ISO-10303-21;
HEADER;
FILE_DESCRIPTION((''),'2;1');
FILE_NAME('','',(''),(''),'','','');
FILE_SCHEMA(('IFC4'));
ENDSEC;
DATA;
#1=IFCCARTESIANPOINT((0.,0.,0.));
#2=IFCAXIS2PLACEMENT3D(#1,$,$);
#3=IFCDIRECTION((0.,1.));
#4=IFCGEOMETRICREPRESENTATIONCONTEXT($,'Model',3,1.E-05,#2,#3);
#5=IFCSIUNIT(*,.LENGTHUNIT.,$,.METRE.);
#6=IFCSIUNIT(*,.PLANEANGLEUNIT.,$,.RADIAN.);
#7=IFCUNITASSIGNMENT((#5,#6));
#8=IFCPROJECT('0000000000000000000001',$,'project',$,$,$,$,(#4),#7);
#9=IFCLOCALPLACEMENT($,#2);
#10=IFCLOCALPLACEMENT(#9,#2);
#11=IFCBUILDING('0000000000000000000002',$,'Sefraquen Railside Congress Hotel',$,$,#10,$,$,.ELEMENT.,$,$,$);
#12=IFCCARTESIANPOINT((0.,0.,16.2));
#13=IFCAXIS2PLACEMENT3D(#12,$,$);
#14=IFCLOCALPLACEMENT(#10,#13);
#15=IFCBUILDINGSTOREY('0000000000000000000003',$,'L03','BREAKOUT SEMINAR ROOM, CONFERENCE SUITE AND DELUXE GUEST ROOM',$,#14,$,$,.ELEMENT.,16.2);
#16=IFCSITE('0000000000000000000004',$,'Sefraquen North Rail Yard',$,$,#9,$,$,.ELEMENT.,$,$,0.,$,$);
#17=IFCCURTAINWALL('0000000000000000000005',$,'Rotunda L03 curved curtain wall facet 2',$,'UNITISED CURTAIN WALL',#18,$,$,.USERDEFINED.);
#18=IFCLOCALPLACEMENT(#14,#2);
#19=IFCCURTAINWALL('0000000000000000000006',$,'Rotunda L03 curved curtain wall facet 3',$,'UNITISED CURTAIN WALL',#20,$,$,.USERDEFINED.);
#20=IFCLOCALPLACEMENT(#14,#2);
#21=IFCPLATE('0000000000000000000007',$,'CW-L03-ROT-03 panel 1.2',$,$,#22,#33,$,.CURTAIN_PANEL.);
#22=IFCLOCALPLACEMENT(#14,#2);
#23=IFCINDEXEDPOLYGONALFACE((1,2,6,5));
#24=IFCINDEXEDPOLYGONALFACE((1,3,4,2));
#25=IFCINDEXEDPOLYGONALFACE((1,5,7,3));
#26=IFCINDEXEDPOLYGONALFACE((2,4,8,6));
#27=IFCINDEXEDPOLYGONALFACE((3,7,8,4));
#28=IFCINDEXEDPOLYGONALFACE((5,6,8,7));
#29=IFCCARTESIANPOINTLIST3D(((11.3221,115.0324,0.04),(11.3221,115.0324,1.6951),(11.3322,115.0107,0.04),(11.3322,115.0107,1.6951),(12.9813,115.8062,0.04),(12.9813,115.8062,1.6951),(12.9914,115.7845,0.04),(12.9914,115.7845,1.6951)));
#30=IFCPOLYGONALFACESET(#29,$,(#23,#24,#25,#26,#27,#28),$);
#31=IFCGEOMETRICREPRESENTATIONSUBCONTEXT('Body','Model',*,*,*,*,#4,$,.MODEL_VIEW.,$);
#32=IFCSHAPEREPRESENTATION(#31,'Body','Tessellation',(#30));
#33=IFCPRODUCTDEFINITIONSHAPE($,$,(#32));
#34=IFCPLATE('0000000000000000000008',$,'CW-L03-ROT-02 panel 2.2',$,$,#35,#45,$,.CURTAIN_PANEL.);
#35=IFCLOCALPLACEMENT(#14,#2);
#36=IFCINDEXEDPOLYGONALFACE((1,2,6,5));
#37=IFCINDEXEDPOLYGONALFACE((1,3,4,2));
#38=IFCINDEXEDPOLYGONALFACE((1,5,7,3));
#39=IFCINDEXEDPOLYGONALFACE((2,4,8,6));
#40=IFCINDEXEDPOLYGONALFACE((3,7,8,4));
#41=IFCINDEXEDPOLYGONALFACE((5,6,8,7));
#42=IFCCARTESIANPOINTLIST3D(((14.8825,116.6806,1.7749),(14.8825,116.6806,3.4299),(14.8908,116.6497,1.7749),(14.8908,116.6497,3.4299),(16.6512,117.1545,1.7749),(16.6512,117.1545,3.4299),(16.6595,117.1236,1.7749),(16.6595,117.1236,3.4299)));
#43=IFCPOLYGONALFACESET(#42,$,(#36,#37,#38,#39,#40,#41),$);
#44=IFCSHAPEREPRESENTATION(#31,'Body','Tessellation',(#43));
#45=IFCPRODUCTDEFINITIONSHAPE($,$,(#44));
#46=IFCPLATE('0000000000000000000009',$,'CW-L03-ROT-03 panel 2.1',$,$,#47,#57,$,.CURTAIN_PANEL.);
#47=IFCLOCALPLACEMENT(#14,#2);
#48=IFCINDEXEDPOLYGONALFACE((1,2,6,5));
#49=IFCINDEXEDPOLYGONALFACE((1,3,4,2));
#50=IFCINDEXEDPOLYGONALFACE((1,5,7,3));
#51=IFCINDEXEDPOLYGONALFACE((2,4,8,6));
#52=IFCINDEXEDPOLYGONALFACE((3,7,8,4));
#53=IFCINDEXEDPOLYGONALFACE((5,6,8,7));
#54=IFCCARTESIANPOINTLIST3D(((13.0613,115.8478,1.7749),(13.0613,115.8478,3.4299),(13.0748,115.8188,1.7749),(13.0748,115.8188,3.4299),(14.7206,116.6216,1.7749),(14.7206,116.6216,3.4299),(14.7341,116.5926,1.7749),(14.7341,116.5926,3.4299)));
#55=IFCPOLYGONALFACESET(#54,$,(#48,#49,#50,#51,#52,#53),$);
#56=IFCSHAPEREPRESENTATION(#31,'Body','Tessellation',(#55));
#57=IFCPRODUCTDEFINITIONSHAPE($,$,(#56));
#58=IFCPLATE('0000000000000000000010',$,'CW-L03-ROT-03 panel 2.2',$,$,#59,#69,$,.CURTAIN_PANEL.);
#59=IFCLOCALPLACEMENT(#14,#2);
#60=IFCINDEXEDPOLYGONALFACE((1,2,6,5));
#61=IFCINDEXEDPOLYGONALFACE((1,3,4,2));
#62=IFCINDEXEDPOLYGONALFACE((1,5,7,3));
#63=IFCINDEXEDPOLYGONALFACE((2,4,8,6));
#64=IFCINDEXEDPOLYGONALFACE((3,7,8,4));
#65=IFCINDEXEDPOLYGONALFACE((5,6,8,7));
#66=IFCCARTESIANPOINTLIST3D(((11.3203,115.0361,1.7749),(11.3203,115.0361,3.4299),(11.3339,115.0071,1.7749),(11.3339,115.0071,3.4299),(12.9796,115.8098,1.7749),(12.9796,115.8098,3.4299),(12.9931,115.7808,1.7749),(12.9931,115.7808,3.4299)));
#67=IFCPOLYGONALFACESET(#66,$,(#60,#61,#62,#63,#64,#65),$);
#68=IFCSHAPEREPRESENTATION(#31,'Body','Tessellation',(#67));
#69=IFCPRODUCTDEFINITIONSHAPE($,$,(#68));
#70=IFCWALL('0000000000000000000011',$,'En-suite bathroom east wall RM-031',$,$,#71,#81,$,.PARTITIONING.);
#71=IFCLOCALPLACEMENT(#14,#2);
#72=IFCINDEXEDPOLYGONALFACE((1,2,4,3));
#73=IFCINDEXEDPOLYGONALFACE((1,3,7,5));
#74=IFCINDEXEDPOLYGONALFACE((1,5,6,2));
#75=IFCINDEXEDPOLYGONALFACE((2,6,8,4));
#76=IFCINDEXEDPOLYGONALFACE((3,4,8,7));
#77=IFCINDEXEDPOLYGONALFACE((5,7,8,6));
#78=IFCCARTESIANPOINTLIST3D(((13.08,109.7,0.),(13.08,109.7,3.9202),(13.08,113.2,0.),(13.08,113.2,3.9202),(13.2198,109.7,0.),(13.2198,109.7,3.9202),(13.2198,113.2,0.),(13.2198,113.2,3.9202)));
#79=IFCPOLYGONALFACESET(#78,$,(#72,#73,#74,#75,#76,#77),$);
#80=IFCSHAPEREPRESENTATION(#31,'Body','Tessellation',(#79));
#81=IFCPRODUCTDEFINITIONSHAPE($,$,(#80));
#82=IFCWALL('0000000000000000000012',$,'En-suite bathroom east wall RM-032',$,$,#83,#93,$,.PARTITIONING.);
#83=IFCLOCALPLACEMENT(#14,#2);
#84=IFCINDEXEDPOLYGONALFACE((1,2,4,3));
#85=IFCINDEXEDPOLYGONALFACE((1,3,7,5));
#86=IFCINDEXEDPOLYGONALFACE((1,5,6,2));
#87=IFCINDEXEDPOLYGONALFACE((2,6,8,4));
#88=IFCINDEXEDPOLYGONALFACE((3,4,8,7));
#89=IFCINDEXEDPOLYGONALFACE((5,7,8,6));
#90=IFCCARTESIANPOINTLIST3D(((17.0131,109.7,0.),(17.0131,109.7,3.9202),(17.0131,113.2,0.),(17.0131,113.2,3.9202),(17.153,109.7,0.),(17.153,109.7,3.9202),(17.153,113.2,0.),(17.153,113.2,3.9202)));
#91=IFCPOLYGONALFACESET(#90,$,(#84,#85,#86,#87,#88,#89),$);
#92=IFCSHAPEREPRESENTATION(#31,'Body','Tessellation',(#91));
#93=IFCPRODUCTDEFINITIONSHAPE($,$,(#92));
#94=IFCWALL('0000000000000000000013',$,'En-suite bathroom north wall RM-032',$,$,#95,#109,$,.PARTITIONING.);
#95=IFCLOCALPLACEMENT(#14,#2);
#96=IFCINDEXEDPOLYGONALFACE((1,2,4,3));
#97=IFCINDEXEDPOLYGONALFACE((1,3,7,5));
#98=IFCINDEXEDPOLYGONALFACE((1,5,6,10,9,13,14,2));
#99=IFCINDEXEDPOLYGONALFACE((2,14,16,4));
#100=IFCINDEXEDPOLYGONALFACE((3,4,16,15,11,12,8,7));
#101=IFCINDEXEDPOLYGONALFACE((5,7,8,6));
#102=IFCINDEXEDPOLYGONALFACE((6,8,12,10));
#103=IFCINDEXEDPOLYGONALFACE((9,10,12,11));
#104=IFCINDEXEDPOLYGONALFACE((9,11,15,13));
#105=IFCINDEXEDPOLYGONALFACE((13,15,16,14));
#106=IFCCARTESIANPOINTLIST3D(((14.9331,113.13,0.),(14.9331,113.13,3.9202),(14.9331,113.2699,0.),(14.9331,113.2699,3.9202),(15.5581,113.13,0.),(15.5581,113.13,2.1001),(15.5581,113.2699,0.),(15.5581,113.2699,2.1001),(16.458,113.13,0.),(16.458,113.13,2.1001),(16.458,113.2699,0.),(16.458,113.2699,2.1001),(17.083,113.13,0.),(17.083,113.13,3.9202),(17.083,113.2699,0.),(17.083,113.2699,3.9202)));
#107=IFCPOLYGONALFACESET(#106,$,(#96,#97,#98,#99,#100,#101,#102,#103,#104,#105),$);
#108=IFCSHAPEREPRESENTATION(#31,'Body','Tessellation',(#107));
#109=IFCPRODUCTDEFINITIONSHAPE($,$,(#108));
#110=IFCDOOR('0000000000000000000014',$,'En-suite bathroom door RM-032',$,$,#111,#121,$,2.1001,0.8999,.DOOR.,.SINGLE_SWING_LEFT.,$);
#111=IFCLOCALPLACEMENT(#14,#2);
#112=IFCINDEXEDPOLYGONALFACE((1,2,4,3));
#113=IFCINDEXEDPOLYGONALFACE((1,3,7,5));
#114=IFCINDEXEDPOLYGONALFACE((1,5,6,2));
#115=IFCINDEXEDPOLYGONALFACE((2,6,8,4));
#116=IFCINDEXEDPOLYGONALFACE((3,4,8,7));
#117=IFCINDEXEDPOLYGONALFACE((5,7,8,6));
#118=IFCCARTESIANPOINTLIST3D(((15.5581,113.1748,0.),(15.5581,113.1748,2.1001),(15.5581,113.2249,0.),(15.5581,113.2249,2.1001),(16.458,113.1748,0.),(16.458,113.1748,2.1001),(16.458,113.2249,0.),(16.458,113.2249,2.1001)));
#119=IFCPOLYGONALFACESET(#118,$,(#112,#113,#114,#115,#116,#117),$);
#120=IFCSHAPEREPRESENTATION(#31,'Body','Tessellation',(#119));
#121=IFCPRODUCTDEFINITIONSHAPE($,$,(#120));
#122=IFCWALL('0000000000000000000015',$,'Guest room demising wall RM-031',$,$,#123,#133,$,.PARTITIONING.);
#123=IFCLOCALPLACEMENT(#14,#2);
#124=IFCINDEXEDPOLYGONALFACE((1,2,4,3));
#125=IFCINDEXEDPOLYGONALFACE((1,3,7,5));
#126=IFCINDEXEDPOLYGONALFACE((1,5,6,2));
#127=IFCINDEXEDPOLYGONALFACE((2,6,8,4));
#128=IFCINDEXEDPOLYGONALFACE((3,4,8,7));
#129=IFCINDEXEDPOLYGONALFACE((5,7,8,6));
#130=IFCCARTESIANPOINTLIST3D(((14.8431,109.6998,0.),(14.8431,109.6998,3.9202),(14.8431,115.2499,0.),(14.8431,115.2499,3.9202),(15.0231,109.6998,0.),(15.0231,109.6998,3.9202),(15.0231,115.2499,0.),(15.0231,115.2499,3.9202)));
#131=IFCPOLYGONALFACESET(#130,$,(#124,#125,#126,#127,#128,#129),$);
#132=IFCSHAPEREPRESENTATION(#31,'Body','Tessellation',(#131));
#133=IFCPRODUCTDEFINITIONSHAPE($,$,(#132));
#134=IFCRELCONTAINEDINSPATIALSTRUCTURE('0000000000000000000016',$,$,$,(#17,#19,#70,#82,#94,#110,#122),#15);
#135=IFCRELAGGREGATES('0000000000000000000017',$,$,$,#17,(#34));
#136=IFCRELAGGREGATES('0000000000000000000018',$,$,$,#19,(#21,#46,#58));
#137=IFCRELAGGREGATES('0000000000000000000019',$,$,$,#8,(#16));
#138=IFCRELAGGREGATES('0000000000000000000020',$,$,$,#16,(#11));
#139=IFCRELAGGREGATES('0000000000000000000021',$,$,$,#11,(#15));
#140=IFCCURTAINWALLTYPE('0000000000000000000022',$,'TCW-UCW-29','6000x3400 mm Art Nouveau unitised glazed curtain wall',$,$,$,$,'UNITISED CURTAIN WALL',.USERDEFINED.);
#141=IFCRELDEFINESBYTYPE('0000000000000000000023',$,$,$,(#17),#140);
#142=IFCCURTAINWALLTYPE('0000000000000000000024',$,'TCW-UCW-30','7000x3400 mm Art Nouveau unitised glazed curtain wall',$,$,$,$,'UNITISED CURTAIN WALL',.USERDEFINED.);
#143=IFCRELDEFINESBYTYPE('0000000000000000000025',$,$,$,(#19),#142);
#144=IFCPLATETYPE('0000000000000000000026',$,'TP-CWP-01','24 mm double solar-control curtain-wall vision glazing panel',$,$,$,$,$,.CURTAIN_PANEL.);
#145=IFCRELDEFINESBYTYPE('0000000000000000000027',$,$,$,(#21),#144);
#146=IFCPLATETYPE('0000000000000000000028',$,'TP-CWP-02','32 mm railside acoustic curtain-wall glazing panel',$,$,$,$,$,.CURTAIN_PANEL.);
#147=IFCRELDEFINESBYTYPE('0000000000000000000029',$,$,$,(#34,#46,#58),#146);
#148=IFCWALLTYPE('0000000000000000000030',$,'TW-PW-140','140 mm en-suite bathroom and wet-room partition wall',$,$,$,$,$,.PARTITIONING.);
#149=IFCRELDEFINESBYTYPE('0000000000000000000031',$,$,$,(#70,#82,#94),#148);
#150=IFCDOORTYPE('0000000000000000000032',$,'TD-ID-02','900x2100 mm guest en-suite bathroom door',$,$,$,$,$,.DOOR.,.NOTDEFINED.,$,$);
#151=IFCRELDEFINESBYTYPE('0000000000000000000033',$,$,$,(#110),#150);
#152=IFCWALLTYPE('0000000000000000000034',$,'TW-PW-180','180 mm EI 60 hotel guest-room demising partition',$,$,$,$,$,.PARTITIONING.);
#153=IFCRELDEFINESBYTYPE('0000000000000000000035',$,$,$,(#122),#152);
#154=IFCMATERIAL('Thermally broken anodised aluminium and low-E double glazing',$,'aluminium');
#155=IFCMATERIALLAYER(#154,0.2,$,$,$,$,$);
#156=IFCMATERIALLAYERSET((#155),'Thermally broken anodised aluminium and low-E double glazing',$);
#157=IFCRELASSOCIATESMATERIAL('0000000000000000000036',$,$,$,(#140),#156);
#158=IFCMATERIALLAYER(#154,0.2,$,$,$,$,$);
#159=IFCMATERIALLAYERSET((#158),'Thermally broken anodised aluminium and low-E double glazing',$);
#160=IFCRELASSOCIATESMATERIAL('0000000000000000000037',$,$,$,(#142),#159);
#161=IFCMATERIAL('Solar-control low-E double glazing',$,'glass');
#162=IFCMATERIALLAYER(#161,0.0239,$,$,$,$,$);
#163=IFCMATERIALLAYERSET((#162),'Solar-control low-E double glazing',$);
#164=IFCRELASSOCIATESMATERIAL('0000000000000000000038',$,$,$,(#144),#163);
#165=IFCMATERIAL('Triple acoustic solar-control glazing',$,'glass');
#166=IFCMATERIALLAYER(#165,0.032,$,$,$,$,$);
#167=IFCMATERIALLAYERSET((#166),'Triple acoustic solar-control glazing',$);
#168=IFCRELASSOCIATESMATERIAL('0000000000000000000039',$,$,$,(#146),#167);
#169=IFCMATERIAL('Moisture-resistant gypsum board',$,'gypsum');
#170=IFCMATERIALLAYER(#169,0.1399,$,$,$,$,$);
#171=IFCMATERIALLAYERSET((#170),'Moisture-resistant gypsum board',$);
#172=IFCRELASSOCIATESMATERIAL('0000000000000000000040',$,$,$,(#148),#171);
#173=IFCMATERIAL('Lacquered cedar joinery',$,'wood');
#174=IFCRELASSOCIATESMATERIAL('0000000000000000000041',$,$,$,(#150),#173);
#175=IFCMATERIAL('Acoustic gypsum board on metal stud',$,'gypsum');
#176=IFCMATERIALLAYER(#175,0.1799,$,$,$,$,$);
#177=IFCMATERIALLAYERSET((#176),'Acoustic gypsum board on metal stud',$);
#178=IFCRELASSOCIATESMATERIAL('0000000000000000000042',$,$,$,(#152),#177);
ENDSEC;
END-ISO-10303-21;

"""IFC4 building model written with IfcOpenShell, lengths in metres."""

from ifc_helpers import new_model, si_unit, direction, frame, frame_2d, origin, origin_2d, place, context, subcontext, project, spatial, rectangle, extrude, material, layer, layer_set, type_object, element, fill, aggregate, save


model = new_model("IFC4")

# Units and contexts
model_context = context("Model", 3, precision=1e-05, world=origin(), true_north=direction((0.0, 1.0)))
body_context = subcontext(model_context, "Body", "Model", "MODEL_VIEW")
ifc_project = project(units=[si_unit("LENGTHUNIT", "METRE"), si_unit("PLANEANGLEUNIT", "RADIAN")], contexts=[model_context])

# Site, building, storey
site_placement = place(None, origin())
site = spatial("IfcSite", under=ifc_project, at=site_placement, Name="Sefraquen North Rail Yard", CompositionType="ELEMENT", RefElevation=0.0)
building_placement = place(site_placement, origin())
building = spatial("IfcBuilding", under=site, at=building_placement, Name="Sefraquen Railside Congress Hotel", CompositionType="ELEMENT")
storey_placement = place(building_placement, frame((0.0, 0.0, 16.2)))
storey = spatial("IfcBuildingStorey", under=building, at=storey_placement, Name="L03", Description="BREAKOUT SEMINAR ROOM, CONFERENCE SUITE AND DELUXE GUEST ROOM", CompositionType="ELEMENT", Elevation=16.2)

# Curtain walls
ifc_material_1 = material(Name="Thermally broken anodised aluminium and low-E double glazing", Category="aluminium")
ifc_layer_1 = layer(ifc_material_1, 0.2)
ifc_layer_set_1 = layer_set([ifc_layer_1], Name="Thermally broken anodised aluminium and low-E double glazing")
curtain_wall_type_1 = type_object("IfcCurtainWallType", Name="TCW-UCW-29", Description="6000x3400 mm Art Nouveau unitised glazed curtain wall", ElementType="UNITISED CURTAIN WALL", PredefinedType="USERDEFINED", material=ifc_layer_set_1)
curtain_wall_1_placement = place(storey_placement, origin())
curtain_wall_1 = element("IfcCurtainWall", 1, at=curtain_wall_1_placement, inside=storey, type_object=curtain_wall_type_1, Name="Rotunda L03 curved curtain wall facet 2", ObjectType="UNITISED CURTAIN WALL", PredefinedType="USERDEFINED")
ifc_layer_2 = layer(ifc_material_1, 0.2)
ifc_layer_set_2 = layer_set([ifc_layer_2], Name="Thermally broken anodised aluminium and low-E double glazing")
curtain_wall_type_2 = type_object("IfcCurtainWallType", Name="TCW-UCW-30", Description="7000x3400 mm Art Nouveau unitised glazed curtain wall", ElementType="UNITISED CURTAIN WALL", PredefinedType="USERDEFINED", material=ifc_layer_set_2)
curtain_wall_2_placement = place(storey_placement, origin())
curtain_wall_2 = element("IfcCurtainWall", 2, at=curtain_wall_2_placement, inside=storey, type_object=curtain_wall_type_2, Name="Rotunda L03 curved curtain wall facet 3", ObjectType="UNITISED CURTAIN WALL", PredefinedType="USERDEFINED")

# Plates
ifc_material_2 = material(Name="Solar-control low-E double glazing", Category="glass")
ifc_layer_3 = layer(ifc_material_2, 0.0239)
ifc_layer_set_3 = layer_set([ifc_layer_3], Name="Solar-control low-E double glazing")
plate_type_1 = type_object("IfcPlateType", Name="TP-CWP-01", Description="24 mm double solar-control curtain-wall vision glazing panel", PredefinedType="CURTAIN_PANEL", material=ifc_layer_set_3)
plate_1_placement = place(storey_placement, frame((12.1567, 115.4084, 0.04), z_axis=(0.0, 0.0, 1.0), x_axis=(-0.9063, -0.422634, 0.0)))
plate_1 = element("IfcPlate", 3, at=plate_1_placement, type_object=plate_type_1, Name="CW-L03-ROT-03 panel 1.2", PredefinedType="CURTAIN_PANEL", context=body_context, shape_type="SweptSolid", body=[
    extrude(rectangle(XDim=1.8308, YDim=0.0239, at=origin_2d()), origin(), (0.0, 0.0, 1.0), 1.655),
])
ifc_material_3 = material(Name="Triple acoustic solar-control glazing", Category="glass")
ifc_layer_4 = layer(ifc_material_3, 0.032)
ifc_layer_set_4 = layer_set([ifc_layer_4], Name="Triple acoustic solar-control glazing")
plate_type_2 = type_object("IfcPlateType", Name="TP-CWP-02", Description="32 mm railside acoustic curtain-wall glazing panel", PredefinedType="CURTAIN_PANEL", material=ifc_layer_set_4)
plate_2_placement = place(storey_placement, frame((15.771, 116.9021, 1.7749), z_axis=(0.0, 0.0, 1.0), x_axis=(-0.965935, -0.258785, 0.0)))
plate_2 = element("IfcPlate", 4, at=plate_2_placement, type_object=plate_type_2, Name="CW-L03-ROT-02 panel 2.2", PredefinedType="CURTAIN_PANEL", context=body_context, shape_type="SweptSolid", body=[
    extrude(rectangle(XDim=1.8311, YDim=0.032, at=origin_2d()), origin(), (0.0, 0.0, 1.0), 1.655),
])
aggregate(curtain_wall_1, [plate_2])
plate_3_placement = place(storey_placement, frame((13.8977, 116.2202, 1.7749), z_axis=(0.0, 0.0, 1.0), x_axis=(-0.9063, -0.422634, 0.0)))
plate_3 = element("IfcPlate", 5, at=plate_3_placement, type_object=plate_type_2, Name="CW-L03-ROT-03 panel 2.1", PredefinedType="CURTAIN_PANEL", context=body_context, shape_type="SweptSolid", body=[
    extrude(rectangle(XDim=1.8308, YDim=0.032, at=origin_2d()), origin(), (0.0, 0.0, 1.0), 1.655),
])
plate_4_placement = place(storey_placement, frame((12.1567, 115.4084, 1.7749), z_axis=(0.0, 0.0, 1.0), x_axis=(-0.9063, -0.422634, 0.0)))
plate_4 = element("IfcPlate", 6, at=plate_4_placement, type_object=plate_type_2, Name="CW-L03-ROT-03 panel 2.2", PredefinedType="CURTAIN_PANEL", context=body_context, shape_type="SweptSolid", body=[
    extrude(rectangle(XDim=1.8308, YDim=0.032, at=origin_2d()), origin(), (0.0, 0.0, 1.0), 1.655),
])
aggregate(curtain_wall_2, [plate_1, plate_3, plate_4])

# Walls
ifc_material_4 = material(Name="Moisture-resistant gypsum board", Category="gypsum")
ifc_layer_5 = layer(ifc_material_4, 0.1399)
ifc_layer_set_5 = layer_set([ifc_layer_5], Name="Moisture-resistant gypsum board")
wall_type_1 = type_object("IfcWallType", Name="TW-PW-140", Description="140 mm en-suite bathroom and wet-room partition wall", PredefinedType="PARTITIONING", material=ifc_layer_set_5)
for number, where, z_axis, x_axis, name in (
    (7, (13.1499, 109.7, 0.0), (0.0, 0.0, 1.0), (0.0, 1.0, 0.0), "En-suite bathroom east wall RM-031"),
    (8, (17.083, 109.7, 0.0), (0.0, 0.0, 1.0), (0.0, 1.0, 0.0), "En-suite bathroom east wall RM-032"),
):
    element("IfcWall", number, at=place(storey_placement, frame(where, z_axis=z_axis, x_axis=x_axis)), inside=storey, type_object=wall_type_1, Name=name, PredefinedType="PARTITIONING", context=body_context, shape_type="SweptSolid", body=[
        extrude(rectangle(XDim=3.5, YDim=0.1399, at=frame_2d((1.75, 0.0))), origin(), (0.0, 0.0, 1.0), 3.9202),
    ])

# Wall, opening, door
wall_1_placement = place(storey_placement, frame((14.9331, 113.2, 0.0), z_axis=(0.0, 0.0, 1.0), x_axis=(1.0, 0.0, 0.0)))
wall_1 = element("IfcWall", 9, at=wall_1_placement, inside=storey, type_object=wall_type_1, Name="En-suite bathroom north wall RM-032", PredefinedType="PARTITIONING", context=body_context, shape_type="SweptSolid", body=[
    extrude(rectangle(XDim=2.1499, YDim=0.1399, at=frame_2d((1.075, 0.0))), origin(), (0.0, 0.0, 1.0), 3.9202),
])
opening_placement = place(wall_1_placement, frame((0.625, 0.0, 0.0)))
opening = element("IfcOpeningElement", 10, at=opening_placement, cuts=wall_1, PredefinedType="OPENING", context=body_context, shape_type="SweptSolid", body=[
    extrude(rectangle(XDim=0.8999, YDim=2.1001, at=frame_2d((0.45, 1.05))), frame((0.0, 0.0798, 0.0), z_axis=(0.0, -1.0, 0.0), x_axis=(1.0, 0.0, 0.0)), (0.0, 0.0, 1.0), 0.1599),
])
ifc_material_5 = material(Name="Lacquered cedar joinery", Category="wood")
door_type = type_object("IfcDoorType", Name="TD-ID-02", Description="900x2100 mm guest en-suite bathroom door", OperationType="NOTDEFINED", PredefinedType="DOOR", material=ifc_material_5)
door_placement = place(opening_placement, origin())
door = element("IfcDoor", 11, at=door_placement, inside=storey, type_object=door_type, Name="En-suite bathroom door RM-032", OperationType="SINGLE_SWING_LEFT", OverallHeight=2.1001, OverallWidth=0.8999, PredefinedType="DOOR", context=body_context, shape_type="SweptSolid", body=[
    extrude(rectangle(XDim=0.8999, YDim=2.1001, at=frame_2d((0.45, 1.05))), frame((0.0, 0.0249, 0.0), z_axis=(0.0, -1.0, 0.0), x_axis=(1.0, 0.0, 0.0)), (0.0, 0.0, 1.0), 0.05),
])
fill(opening, door)

# Wall
ifc_material_6 = material(Name="Acoustic gypsum board on metal stud", Category="gypsum")
ifc_layer_6 = layer(ifc_material_6, 0.1799)
ifc_layer_set_6 = layer_set([ifc_layer_6], Name="Acoustic gypsum board on metal stud")
wall_type_2 = type_object("IfcWallType", Name="TW-PW-180", Description="180 mm EI 60 hotel guest-room demising partition", PredefinedType="PARTITIONING", material=ifc_layer_set_6)
wall_2_placement = place(storey_placement, frame((14.9331, 109.7, 0.0), z_axis=(0.0, 0.0, 1.0), x_axis=(0.0, 1.0, 0.0)))
element("IfcWall", 12, at=wall_2_placement, inside=storey, type_object=wall_type_2, Name="Guest room demising wall RM-031", PredefinedType="PARTITIONING", context=body_context, shape_type="SweptSolid", body=[
    extrude(rectangle(XDim=5.55, YDim=0.1799, at=frame_2d((2.7749, 0.0))), origin(), (0.0, 0.0, 1.0), 3.9202),
])

save(model, "model.ifc")
